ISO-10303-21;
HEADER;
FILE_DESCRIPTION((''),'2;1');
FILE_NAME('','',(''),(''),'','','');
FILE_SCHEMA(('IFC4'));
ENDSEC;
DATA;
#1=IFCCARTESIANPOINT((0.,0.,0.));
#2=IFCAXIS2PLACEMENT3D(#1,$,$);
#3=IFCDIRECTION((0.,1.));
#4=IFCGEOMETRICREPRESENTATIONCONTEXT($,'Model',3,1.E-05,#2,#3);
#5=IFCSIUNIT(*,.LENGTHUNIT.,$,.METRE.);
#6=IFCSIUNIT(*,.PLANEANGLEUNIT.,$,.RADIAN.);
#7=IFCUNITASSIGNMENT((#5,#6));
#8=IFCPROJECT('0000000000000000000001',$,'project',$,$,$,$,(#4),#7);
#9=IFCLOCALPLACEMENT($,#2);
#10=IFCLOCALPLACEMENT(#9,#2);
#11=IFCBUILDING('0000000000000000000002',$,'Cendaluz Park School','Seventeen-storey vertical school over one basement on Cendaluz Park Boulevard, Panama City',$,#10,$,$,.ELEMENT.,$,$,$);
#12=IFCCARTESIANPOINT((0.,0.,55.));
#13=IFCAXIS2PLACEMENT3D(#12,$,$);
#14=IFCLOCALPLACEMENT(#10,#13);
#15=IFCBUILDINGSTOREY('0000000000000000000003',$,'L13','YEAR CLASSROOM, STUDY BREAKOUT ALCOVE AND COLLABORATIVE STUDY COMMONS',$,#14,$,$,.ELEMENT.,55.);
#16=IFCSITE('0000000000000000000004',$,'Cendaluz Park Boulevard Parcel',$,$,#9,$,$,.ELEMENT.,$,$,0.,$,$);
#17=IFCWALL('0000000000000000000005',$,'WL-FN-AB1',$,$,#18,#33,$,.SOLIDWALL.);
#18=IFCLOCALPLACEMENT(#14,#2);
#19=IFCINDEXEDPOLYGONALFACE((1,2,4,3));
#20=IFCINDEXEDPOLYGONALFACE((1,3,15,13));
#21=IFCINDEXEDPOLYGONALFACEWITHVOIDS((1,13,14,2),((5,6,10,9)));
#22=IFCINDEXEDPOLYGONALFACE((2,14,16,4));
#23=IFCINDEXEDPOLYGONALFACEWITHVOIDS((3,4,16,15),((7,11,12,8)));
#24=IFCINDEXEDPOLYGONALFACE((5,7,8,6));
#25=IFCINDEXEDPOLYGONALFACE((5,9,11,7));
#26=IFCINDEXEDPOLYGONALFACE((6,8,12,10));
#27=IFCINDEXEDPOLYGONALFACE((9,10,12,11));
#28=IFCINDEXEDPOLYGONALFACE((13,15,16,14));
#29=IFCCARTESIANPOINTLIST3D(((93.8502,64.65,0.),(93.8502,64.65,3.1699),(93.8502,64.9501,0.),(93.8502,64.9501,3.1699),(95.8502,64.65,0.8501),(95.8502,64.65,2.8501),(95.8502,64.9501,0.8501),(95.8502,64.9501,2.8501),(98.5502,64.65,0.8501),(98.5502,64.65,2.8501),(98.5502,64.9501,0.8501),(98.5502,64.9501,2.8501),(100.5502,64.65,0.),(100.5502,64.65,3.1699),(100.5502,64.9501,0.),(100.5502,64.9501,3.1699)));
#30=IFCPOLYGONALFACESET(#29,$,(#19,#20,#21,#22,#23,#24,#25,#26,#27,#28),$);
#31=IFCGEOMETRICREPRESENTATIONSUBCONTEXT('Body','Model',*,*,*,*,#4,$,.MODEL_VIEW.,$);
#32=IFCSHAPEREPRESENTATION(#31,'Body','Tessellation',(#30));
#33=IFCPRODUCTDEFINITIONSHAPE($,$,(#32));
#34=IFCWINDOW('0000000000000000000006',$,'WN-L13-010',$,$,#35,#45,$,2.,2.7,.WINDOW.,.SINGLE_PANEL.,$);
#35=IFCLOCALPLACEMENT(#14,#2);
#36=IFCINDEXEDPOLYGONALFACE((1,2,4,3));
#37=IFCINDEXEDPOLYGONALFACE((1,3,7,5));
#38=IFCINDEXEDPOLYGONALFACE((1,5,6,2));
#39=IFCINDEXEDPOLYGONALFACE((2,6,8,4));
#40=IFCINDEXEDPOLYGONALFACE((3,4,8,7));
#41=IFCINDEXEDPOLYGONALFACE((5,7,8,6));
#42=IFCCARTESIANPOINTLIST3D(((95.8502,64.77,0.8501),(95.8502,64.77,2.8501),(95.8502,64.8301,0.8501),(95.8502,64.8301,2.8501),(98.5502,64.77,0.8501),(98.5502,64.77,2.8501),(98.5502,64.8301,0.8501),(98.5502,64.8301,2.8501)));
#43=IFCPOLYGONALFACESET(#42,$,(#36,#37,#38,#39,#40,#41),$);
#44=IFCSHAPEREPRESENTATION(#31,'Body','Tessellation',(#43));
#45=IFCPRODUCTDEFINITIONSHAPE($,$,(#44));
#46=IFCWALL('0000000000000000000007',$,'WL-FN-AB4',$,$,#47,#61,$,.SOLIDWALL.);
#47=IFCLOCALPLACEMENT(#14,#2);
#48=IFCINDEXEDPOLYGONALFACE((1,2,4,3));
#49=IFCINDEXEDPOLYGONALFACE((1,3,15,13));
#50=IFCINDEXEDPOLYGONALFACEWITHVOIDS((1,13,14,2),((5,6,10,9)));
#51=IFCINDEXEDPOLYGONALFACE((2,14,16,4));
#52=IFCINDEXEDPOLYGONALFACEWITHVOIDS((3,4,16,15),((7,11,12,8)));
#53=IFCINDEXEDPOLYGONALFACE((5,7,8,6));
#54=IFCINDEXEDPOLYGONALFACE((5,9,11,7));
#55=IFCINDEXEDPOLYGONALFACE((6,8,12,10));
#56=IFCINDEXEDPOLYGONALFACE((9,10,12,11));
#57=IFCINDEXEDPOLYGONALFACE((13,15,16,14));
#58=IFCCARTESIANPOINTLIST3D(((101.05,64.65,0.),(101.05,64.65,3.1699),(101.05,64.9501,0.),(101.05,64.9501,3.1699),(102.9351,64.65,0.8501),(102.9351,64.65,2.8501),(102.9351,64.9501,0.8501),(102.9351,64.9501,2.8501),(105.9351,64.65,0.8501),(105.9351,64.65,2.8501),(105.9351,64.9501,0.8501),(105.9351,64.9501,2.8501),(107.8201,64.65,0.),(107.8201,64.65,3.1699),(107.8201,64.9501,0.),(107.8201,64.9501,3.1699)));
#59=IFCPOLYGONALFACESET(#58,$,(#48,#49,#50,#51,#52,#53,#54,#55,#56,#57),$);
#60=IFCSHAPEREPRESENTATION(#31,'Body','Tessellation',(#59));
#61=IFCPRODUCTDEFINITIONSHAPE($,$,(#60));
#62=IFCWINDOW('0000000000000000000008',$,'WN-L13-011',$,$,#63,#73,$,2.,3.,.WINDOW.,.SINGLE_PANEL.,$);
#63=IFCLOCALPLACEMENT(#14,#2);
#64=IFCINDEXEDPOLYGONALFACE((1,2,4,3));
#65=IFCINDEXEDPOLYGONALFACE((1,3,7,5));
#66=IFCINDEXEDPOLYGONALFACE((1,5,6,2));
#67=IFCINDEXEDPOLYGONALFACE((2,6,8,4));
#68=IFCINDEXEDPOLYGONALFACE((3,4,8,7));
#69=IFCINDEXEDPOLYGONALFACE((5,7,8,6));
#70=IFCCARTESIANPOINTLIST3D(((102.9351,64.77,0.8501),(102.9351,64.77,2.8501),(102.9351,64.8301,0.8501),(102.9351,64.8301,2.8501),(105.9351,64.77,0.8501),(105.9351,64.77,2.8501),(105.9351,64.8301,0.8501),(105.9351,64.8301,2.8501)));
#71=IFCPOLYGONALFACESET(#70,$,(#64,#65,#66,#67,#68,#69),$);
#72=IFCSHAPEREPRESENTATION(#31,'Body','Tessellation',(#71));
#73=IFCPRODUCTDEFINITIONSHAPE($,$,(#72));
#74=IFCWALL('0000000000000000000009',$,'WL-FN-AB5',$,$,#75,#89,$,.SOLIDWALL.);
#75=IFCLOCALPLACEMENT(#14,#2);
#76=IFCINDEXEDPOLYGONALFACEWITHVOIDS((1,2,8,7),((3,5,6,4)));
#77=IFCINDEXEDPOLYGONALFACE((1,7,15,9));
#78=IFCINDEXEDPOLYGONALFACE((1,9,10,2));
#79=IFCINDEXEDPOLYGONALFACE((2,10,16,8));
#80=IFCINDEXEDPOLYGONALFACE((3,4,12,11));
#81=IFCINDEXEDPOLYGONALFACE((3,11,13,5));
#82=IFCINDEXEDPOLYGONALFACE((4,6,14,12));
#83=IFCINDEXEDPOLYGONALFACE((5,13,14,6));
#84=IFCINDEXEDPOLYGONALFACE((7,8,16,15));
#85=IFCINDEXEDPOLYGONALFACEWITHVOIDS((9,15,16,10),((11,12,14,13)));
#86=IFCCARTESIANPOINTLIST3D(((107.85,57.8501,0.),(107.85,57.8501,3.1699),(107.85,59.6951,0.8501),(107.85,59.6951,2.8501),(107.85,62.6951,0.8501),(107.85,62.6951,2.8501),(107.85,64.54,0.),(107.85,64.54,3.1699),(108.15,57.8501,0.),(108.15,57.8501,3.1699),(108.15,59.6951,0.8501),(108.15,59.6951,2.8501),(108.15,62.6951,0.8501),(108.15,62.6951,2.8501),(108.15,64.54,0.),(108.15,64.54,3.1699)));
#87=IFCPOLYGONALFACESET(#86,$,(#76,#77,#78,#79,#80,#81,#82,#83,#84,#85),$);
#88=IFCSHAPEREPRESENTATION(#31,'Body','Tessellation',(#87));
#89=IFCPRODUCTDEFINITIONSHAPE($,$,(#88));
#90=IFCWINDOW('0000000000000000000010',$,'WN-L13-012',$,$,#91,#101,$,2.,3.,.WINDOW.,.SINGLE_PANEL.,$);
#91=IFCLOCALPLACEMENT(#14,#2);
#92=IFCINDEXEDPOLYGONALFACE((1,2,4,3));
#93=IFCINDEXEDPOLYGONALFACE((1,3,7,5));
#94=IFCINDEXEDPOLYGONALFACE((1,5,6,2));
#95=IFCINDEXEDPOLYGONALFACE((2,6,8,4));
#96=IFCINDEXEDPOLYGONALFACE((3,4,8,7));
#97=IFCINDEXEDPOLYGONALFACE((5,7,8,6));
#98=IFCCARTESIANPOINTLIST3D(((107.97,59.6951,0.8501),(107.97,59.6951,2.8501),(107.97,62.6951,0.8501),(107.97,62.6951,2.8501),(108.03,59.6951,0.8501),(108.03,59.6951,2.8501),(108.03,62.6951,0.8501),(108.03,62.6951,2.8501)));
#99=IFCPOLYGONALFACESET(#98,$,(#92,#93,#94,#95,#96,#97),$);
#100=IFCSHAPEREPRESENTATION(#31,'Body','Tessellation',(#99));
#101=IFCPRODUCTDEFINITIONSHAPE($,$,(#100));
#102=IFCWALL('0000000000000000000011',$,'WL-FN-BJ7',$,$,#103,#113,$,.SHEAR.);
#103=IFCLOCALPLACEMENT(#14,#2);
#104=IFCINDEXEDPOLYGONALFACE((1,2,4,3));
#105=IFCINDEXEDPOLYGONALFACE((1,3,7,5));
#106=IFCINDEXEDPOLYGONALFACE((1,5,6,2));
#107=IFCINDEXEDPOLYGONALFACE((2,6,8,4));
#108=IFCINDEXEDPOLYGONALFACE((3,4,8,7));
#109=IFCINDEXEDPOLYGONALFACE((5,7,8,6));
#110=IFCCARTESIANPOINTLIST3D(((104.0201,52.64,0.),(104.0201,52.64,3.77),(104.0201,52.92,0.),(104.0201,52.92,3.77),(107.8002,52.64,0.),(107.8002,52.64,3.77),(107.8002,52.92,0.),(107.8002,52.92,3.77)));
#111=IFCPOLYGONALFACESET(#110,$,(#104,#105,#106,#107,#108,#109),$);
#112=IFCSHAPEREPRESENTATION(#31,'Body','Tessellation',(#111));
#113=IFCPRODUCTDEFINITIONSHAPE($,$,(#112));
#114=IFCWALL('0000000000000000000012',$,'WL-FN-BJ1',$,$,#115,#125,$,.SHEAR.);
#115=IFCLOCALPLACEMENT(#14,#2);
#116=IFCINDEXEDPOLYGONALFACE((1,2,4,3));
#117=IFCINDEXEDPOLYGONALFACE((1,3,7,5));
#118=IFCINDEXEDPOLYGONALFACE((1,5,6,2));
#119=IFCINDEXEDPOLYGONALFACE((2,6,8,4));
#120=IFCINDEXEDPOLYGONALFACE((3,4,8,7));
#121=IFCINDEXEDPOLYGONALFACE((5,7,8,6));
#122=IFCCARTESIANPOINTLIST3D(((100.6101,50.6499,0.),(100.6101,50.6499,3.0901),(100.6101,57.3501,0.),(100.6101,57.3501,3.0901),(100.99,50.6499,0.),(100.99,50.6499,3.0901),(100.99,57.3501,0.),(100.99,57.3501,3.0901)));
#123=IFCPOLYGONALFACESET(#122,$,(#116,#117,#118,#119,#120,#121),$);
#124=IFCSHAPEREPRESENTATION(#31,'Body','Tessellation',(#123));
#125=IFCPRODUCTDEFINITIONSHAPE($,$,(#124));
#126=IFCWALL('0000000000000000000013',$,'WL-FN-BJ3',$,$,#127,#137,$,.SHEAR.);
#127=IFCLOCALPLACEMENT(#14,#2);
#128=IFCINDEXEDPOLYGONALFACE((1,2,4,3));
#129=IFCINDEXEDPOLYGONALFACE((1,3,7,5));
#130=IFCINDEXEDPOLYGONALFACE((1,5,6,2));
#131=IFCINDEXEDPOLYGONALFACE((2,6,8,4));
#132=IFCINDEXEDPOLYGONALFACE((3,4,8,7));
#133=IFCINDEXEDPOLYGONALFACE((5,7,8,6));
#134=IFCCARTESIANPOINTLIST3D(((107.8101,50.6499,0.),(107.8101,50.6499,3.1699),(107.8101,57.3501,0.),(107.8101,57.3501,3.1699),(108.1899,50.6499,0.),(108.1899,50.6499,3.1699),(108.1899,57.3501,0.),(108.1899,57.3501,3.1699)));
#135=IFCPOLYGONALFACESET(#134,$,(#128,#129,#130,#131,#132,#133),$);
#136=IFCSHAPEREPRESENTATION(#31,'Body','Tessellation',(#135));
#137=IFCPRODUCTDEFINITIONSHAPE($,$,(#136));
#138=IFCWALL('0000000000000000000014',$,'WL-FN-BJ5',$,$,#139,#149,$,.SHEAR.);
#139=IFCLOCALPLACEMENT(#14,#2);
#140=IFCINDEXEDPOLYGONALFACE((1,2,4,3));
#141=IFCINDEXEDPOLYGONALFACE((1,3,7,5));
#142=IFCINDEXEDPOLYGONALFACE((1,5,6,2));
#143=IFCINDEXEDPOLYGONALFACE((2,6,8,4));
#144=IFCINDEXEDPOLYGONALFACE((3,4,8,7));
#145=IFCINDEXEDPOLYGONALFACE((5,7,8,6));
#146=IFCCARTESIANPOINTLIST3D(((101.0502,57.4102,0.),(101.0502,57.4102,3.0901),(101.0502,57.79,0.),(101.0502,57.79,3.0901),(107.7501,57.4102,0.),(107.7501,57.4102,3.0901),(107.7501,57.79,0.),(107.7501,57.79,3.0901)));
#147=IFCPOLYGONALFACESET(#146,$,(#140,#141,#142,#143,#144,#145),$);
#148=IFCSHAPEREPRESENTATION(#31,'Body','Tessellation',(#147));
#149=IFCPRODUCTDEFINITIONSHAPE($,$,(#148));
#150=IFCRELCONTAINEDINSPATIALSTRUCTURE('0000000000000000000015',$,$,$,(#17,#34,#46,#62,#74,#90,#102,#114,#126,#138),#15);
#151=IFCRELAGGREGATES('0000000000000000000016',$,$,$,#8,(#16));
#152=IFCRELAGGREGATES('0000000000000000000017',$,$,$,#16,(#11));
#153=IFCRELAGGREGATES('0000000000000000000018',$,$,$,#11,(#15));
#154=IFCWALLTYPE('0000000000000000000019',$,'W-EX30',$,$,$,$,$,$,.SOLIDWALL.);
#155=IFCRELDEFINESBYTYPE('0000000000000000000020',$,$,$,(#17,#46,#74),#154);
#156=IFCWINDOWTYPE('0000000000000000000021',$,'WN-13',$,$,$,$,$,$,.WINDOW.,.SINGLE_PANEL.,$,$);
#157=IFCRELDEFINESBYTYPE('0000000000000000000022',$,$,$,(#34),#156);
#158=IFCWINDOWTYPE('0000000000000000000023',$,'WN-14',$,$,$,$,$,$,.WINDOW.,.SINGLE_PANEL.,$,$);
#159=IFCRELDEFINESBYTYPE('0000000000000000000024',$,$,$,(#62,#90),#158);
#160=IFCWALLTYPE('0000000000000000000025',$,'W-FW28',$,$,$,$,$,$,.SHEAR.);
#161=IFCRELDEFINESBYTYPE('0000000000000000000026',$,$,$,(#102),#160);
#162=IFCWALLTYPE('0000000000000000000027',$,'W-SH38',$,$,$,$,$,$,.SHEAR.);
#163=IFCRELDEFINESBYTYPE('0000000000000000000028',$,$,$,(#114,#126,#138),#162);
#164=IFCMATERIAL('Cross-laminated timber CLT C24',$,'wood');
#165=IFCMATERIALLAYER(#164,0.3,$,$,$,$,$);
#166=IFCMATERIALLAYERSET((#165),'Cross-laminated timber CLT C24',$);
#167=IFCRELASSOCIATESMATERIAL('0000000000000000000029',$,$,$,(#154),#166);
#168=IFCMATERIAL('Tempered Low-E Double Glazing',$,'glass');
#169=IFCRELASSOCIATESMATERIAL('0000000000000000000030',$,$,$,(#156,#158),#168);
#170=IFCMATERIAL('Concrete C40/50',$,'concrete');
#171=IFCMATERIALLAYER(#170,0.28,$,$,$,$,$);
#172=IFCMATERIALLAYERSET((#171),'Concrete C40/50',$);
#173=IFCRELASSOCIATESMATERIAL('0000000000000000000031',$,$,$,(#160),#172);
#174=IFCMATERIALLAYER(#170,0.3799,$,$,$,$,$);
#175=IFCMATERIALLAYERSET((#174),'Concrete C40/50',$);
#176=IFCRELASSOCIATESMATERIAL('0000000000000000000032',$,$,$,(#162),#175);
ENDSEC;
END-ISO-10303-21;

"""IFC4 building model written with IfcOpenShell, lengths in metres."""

from ifc_helpers import new_model, si_unit, direction, frame, frame_2d, origin, place, context, subcontext, project, spatial, rectangle, extrude, material, layer, layer_set, type_object, element, fill, save


model = new_model("IFC4")

# Units and contexts
model_context = context("Model", 3, precision=1e-05, world=origin(), true_north=direction((0.0, 1.0)))
body_context = subcontext(model_context, "Body", "Model", "MODEL_VIEW")
ifc_project = project(units=[si_unit("LENGTHUNIT", "METRE"), si_unit("PLANEANGLEUNIT", "RADIAN")], contexts=[model_context])

# Site, building, storey
site_placement = place(None, origin())
site = spatial("IfcSite", under=ifc_project, at=site_placement, Name="Cendaluz Park Boulevard Parcel", CompositionType="ELEMENT", RefElevation=0.0)
building_placement = place(site_placement, origin())
building = spatial("IfcBuilding", under=site, at=building_placement, Name="Cendaluz Park School", Description="Seventeen-storey vertical school over one basement on Cendaluz Park Boulevard, Panama City", CompositionType="ELEMENT")
storey_placement = place(building_placement, frame((0.0, 0.0, 55.0)))
storey = spatial("IfcBuildingStorey", under=building, at=storey_placement, Name="L13", Description="YEAR CLASSROOM, STUDY BREAKOUT ALCOVE AND COLLABORATIVE STUDY COMMONS", CompositionType="ELEMENT", Elevation=55.0)

# Walls, openings, windows
ifc_material_1 = material(Name="Cross-laminated timber CLT C24", Category="wood")
ifc_layer_1 = layer(ifc_material_1, 0.3)
ifc_layer_set_1 = layer_set([ifc_layer_1], Name="Cross-laminated timber CLT C24")
wall_type_1 = type_object("IfcWallType", Name="W-EX30", PredefinedType="SOLIDWALL", material=ifc_layer_set_1)
wall_1_placement = place(storey_placement, frame((93.8501, 64.8, 0.0), z_axis=(0.0, 0.0, 1.0), x_axis=(1.0, 0.0, 0.0)))
wall_1 = element("IfcWall", 1, at=wall_1_placement, inside=storey, type_object=wall_type_1, Name="WL-FN-AB1", PredefinedType="SOLIDWALL", context=body_context, shape_type="SweptSolid", body=[
    extrude(rectangle(XDim=6.7, YDim=0.3, at=frame_2d((3.3501, 0.0))), origin(), (0.0, 0.0, 1.0), 3.1699),
])
opening_1_placement = place(wall_1_placement, frame((2.0, 0.0, 0.8501)))
opening_1 = element("IfcOpeningElement", 2, at=opening_1_placement, cuts=wall_1, PredefinedType="OPENING", context=body_context, shape_type="SweptSolid", body=[
    extrude(rectangle(XDim=2.7, YDim=2.0, at=frame_2d((1.3501, 1.0))), frame((0.0, 0.1621, 0.0), z_axis=(0.0, -1.0, 0.0), x_axis=(1.0, 0.0, 0.0)), (0.0, 0.0, 1.0), 0.324),
])
ifc_material_2 = material(Name="Tempered Low-E Double Glazing", Category="glass")
window_type_1 = type_object("IfcWindowType", Name="WN-13", PartitioningType="SINGLE_PANEL", PredefinedType="WINDOW", material=ifc_material_2)
window_1_placement = place(opening_1_placement, origin())
window_1 = element("IfcWindow", 3, at=window_1_placement, inside=storey, type_object=window_type_1, Name="WN-L13-010", OverallHeight=2.0, OverallWidth=2.7, PartitioningType="SINGLE_PANEL", PredefinedType="WINDOW", context=body_context, shape_type="SweptSolid", body=[
    extrude(rectangle(XDim=2.7, YDim=2.0, at=frame_2d((1.3501, 1.0))), frame((0.0, 0.03, 0.0), z_axis=(0.0, -1.0, 0.0), x_axis=(1.0, 0.0, 0.0)), (0.0, 0.0, 1.0), 0.0601),
])
fill(opening_1, window_1)
wall_2_placement = place(storey_placement, frame((101.05, 64.8, 0.0), z_axis=(0.0, 0.0, 1.0), x_axis=(1.0, 0.0, 0.0)))
wall_2 = element("IfcWall", 4, at=wall_2_placement, inside=storey, type_object=wall_type_1, Name="WL-FN-AB4", PredefinedType="SOLIDWALL", context=body_context, shape_type="SweptSolid", body=[
    extrude(rectangle(XDim=6.77, YDim=0.3, at=frame_2d((3.385, 0.0))), origin(), (0.0, 0.0, 1.0), 3.1699),
])
opening_2_placement = place(wall_2_placement, frame((1.885, 0.0, 0.8501)))
opening_2 = element("IfcOpeningElement", 5, at=opening_2_placement, cuts=wall_2, PredefinedType="OPENING", context=body_context, shape_type="SweptSolid", body=[
    extrude(rectangle(XDim=3.0, YDim=2.0, at=frame_2d((1.5, 1.0))), frame((0.0, 0.1621, 0.0), z_axis=(0.0, -1.0, 0.0), x_axis=(1.0, 0.0, 0.0)), (0.0, 0.0, 1.0), 0.324),
])
window_type_2 = type_object("IfcWindowType", Name="WN-14", PartitioningType="SINGLE_PANEL", PredefinedType="WINDOW", material=ifc_material_2)
window_2_placement = place(opening_2_placement, origin())
window_2 = element("IfcWindow", 6, at=window_2_placement, inside=storey, type_object=window_type_2, Name="WN-L13-011", OverallHeight=2.0, OverallWidth=3.0, PartitioningType="SINGLE_PANEL", PredefinedType="WINDOW", context=body_context, shape_type="SweptSolid", body=[
    extrude(rectangle(XDim=3.0, YDim=2.0, at=frame_2d((1.5, 1.0))), frame((0.0, 0.03, 0.0), z_axis=(0.0, -1.0, 0.0), x_axis=(1.0, 0.0, 0.0)), (0.0, 0.0, 1.0), 0.0601),
])
fill(opening_2, window_2)
wall_3_placement = place(storey_placement, frame((108.0, 57.8501, 0.0), z_axis=(0.0, 0.0, 1.0), x_axis=(0.0, 1.0, 0.0)))
wall_3 = element("IfcWall", 7, at=wall_3_placement, inside=storey, type_object=wall_type_1, Name="WL-FN-AB5", PredefinedType="SOLIDWALL", context=body_context, shape_type="SweptSolid", body=[
    extrude(rectangle(XDim=6.6899, YDim=0.3, at=frame_2d((3.345, 0.0))), origin(), (0.0, 0.0, 1.0), 3.1699),
])
opening_3_placement = place(wall_3_placement, frame((1.845, 0.0, 0.8501)))
opening_3 = element("IfcOpeningElement", 8, at=opening_3_placement, cuts=wall_3, PredefinedType="OPENING", context=body_context, shape_type="SweptSolid", body=[
    extrude(rectangle(XDim=3.0, YDim=2.0, at=frame_2d((1.5, 1.0))), frame((0.0, 0.1621, 0.0), z_axis=(0.0, -1.0, 0.0), x_axis=(1.0, 0.0, 0.0)), (0.0, 0.0, 1.0), 0.324),
])
window_3_placement = place(opening_3_placement, origin())
window_3 = element("IfcWindow", 9, at=window_3_placement, inside=storey, type_object=window_type_2, Name="WN-L13-012", OverallHeight=2.0, OverallWidth=3.0, PartitioningType="SINGLE_PANEL", PredefinedType="WINDOW", context=body_context, shape_type="SweptSolid", body=[
    extrude(rectangle(XDim=3.0, YDim=2.0, at=frame_2d((1.5, 1.0))), frame((0.0, 0.03, 0.0), z_axis=(0.0, -1.0, 0.0), x_axis=(1.0, 0.0, 0.0)), (0.0, 0.0, 1.0), 0.0601),
])
fill(opening_3, window_3)

# Wall
ifc_material_3 = material(Name="Concrete C40/50", Category="concrete")
ifc_layer_2 = layer(ifc_material_3, 0.28)
ifc_layer_set_2 = layer_set([ifc_layer_2], Name="Concrete C40/50")
wall_type_2 = type_object("IfcWallType", Name="W-FW28", PredefinedType="SHEAR", material=ifc_layer_set_2)
wall_4_placement = place(storey_placement, frame((104.02, 52.78, 0.0), z_axis=(0.0, 0.0, 1.0), x_axis=(1.0, 0.0, 0.0)))
element("IfcWall", 10, at=wall_4_placement, inside=storey, type_object=wall_type_2, Name="WL-FN-BJ7", PredefinedType="SHEAR", context=body_context, shape_type="SweptSolid", body=[
    extrude(rectangle(XDim=3.78, YDim=0.28, at=frame_2d((1.8901, 0.0))), origin(), (0.0, 0.0, 1.0), 3.77),
])

# Walls
ifc_layer_3 = layer(ifc_material_3, 0.3799)
ifc_layer_set_3 = layer_set([ifc_layer_3], Name="Concrete C40/50")
wall_type_3 = type_object("IfcWallType", Name="W-SH38", PredefinedType="SHEAR", material=ifc_layer_set_3)
wall_5_placement = place(storey_placement, frame((100.8, 50.6499, 0.0), z_axis=(0.0, 0.0, 1.0), x_axis=(0.0, 1.0, 0.0)))
element("IfcWall", 11, at=wall_5_placement, inside=storey, type_object=wall_type_3, Name="WL-FN-BJ1", PredefinedType="SHEAR", context=body_context, shape_type="SweptSolid", body=[
    extrude(rectangle(XDim=6.7002, YDim=0.3799, at=frame_2d((3.3501, 0.0))), origin(), (0.0, 0.0, 1.0), 3.0901),
])
wall_6_placement = place(storey_placement, frame((108.0, 50.6499, 0.0), z_axis=(0.0, 0.0, 1.0), x_axis=(0.0, 1.0, 0.0)))
element("IfcWall", 12, at=wall_6_placement, inside=storey, type_object=wall_type_3, Name="WL-FN-BJ3", PredefinedType="SHEAR", context=body_context, shape_type="SweptSolid", body=[
    extrude(rectangle(XDim=6.7002, YDim=0.3799, at=frame_2d((3.3501, 0.0))), origin(), (0.0, 0.0, 1.0), 3.1699),
])
wall_7_placement = place(storey_placement, frame((101.05, 57.6001, 0.0), z_axis=(0.0, 0.0, 1.0), x_axis=(1.0, 0.0, 0.0)))
element("IfcWall", 13, at=wall_7_placement, inside=storey, type_object=wall_type_3, Name="WL-FN-BJ5", PredefinedType="SHEAR", context=body_context, shape_type="SweptSolid", body=[
    extrude(rectangle(XDim=6.7, YDim=0.3799, at=frame_2d((3.3501, 0.0))), origin(), (0.0, 0.0, 1.0), 3.0901),
])

save(model, "model.ifc")
